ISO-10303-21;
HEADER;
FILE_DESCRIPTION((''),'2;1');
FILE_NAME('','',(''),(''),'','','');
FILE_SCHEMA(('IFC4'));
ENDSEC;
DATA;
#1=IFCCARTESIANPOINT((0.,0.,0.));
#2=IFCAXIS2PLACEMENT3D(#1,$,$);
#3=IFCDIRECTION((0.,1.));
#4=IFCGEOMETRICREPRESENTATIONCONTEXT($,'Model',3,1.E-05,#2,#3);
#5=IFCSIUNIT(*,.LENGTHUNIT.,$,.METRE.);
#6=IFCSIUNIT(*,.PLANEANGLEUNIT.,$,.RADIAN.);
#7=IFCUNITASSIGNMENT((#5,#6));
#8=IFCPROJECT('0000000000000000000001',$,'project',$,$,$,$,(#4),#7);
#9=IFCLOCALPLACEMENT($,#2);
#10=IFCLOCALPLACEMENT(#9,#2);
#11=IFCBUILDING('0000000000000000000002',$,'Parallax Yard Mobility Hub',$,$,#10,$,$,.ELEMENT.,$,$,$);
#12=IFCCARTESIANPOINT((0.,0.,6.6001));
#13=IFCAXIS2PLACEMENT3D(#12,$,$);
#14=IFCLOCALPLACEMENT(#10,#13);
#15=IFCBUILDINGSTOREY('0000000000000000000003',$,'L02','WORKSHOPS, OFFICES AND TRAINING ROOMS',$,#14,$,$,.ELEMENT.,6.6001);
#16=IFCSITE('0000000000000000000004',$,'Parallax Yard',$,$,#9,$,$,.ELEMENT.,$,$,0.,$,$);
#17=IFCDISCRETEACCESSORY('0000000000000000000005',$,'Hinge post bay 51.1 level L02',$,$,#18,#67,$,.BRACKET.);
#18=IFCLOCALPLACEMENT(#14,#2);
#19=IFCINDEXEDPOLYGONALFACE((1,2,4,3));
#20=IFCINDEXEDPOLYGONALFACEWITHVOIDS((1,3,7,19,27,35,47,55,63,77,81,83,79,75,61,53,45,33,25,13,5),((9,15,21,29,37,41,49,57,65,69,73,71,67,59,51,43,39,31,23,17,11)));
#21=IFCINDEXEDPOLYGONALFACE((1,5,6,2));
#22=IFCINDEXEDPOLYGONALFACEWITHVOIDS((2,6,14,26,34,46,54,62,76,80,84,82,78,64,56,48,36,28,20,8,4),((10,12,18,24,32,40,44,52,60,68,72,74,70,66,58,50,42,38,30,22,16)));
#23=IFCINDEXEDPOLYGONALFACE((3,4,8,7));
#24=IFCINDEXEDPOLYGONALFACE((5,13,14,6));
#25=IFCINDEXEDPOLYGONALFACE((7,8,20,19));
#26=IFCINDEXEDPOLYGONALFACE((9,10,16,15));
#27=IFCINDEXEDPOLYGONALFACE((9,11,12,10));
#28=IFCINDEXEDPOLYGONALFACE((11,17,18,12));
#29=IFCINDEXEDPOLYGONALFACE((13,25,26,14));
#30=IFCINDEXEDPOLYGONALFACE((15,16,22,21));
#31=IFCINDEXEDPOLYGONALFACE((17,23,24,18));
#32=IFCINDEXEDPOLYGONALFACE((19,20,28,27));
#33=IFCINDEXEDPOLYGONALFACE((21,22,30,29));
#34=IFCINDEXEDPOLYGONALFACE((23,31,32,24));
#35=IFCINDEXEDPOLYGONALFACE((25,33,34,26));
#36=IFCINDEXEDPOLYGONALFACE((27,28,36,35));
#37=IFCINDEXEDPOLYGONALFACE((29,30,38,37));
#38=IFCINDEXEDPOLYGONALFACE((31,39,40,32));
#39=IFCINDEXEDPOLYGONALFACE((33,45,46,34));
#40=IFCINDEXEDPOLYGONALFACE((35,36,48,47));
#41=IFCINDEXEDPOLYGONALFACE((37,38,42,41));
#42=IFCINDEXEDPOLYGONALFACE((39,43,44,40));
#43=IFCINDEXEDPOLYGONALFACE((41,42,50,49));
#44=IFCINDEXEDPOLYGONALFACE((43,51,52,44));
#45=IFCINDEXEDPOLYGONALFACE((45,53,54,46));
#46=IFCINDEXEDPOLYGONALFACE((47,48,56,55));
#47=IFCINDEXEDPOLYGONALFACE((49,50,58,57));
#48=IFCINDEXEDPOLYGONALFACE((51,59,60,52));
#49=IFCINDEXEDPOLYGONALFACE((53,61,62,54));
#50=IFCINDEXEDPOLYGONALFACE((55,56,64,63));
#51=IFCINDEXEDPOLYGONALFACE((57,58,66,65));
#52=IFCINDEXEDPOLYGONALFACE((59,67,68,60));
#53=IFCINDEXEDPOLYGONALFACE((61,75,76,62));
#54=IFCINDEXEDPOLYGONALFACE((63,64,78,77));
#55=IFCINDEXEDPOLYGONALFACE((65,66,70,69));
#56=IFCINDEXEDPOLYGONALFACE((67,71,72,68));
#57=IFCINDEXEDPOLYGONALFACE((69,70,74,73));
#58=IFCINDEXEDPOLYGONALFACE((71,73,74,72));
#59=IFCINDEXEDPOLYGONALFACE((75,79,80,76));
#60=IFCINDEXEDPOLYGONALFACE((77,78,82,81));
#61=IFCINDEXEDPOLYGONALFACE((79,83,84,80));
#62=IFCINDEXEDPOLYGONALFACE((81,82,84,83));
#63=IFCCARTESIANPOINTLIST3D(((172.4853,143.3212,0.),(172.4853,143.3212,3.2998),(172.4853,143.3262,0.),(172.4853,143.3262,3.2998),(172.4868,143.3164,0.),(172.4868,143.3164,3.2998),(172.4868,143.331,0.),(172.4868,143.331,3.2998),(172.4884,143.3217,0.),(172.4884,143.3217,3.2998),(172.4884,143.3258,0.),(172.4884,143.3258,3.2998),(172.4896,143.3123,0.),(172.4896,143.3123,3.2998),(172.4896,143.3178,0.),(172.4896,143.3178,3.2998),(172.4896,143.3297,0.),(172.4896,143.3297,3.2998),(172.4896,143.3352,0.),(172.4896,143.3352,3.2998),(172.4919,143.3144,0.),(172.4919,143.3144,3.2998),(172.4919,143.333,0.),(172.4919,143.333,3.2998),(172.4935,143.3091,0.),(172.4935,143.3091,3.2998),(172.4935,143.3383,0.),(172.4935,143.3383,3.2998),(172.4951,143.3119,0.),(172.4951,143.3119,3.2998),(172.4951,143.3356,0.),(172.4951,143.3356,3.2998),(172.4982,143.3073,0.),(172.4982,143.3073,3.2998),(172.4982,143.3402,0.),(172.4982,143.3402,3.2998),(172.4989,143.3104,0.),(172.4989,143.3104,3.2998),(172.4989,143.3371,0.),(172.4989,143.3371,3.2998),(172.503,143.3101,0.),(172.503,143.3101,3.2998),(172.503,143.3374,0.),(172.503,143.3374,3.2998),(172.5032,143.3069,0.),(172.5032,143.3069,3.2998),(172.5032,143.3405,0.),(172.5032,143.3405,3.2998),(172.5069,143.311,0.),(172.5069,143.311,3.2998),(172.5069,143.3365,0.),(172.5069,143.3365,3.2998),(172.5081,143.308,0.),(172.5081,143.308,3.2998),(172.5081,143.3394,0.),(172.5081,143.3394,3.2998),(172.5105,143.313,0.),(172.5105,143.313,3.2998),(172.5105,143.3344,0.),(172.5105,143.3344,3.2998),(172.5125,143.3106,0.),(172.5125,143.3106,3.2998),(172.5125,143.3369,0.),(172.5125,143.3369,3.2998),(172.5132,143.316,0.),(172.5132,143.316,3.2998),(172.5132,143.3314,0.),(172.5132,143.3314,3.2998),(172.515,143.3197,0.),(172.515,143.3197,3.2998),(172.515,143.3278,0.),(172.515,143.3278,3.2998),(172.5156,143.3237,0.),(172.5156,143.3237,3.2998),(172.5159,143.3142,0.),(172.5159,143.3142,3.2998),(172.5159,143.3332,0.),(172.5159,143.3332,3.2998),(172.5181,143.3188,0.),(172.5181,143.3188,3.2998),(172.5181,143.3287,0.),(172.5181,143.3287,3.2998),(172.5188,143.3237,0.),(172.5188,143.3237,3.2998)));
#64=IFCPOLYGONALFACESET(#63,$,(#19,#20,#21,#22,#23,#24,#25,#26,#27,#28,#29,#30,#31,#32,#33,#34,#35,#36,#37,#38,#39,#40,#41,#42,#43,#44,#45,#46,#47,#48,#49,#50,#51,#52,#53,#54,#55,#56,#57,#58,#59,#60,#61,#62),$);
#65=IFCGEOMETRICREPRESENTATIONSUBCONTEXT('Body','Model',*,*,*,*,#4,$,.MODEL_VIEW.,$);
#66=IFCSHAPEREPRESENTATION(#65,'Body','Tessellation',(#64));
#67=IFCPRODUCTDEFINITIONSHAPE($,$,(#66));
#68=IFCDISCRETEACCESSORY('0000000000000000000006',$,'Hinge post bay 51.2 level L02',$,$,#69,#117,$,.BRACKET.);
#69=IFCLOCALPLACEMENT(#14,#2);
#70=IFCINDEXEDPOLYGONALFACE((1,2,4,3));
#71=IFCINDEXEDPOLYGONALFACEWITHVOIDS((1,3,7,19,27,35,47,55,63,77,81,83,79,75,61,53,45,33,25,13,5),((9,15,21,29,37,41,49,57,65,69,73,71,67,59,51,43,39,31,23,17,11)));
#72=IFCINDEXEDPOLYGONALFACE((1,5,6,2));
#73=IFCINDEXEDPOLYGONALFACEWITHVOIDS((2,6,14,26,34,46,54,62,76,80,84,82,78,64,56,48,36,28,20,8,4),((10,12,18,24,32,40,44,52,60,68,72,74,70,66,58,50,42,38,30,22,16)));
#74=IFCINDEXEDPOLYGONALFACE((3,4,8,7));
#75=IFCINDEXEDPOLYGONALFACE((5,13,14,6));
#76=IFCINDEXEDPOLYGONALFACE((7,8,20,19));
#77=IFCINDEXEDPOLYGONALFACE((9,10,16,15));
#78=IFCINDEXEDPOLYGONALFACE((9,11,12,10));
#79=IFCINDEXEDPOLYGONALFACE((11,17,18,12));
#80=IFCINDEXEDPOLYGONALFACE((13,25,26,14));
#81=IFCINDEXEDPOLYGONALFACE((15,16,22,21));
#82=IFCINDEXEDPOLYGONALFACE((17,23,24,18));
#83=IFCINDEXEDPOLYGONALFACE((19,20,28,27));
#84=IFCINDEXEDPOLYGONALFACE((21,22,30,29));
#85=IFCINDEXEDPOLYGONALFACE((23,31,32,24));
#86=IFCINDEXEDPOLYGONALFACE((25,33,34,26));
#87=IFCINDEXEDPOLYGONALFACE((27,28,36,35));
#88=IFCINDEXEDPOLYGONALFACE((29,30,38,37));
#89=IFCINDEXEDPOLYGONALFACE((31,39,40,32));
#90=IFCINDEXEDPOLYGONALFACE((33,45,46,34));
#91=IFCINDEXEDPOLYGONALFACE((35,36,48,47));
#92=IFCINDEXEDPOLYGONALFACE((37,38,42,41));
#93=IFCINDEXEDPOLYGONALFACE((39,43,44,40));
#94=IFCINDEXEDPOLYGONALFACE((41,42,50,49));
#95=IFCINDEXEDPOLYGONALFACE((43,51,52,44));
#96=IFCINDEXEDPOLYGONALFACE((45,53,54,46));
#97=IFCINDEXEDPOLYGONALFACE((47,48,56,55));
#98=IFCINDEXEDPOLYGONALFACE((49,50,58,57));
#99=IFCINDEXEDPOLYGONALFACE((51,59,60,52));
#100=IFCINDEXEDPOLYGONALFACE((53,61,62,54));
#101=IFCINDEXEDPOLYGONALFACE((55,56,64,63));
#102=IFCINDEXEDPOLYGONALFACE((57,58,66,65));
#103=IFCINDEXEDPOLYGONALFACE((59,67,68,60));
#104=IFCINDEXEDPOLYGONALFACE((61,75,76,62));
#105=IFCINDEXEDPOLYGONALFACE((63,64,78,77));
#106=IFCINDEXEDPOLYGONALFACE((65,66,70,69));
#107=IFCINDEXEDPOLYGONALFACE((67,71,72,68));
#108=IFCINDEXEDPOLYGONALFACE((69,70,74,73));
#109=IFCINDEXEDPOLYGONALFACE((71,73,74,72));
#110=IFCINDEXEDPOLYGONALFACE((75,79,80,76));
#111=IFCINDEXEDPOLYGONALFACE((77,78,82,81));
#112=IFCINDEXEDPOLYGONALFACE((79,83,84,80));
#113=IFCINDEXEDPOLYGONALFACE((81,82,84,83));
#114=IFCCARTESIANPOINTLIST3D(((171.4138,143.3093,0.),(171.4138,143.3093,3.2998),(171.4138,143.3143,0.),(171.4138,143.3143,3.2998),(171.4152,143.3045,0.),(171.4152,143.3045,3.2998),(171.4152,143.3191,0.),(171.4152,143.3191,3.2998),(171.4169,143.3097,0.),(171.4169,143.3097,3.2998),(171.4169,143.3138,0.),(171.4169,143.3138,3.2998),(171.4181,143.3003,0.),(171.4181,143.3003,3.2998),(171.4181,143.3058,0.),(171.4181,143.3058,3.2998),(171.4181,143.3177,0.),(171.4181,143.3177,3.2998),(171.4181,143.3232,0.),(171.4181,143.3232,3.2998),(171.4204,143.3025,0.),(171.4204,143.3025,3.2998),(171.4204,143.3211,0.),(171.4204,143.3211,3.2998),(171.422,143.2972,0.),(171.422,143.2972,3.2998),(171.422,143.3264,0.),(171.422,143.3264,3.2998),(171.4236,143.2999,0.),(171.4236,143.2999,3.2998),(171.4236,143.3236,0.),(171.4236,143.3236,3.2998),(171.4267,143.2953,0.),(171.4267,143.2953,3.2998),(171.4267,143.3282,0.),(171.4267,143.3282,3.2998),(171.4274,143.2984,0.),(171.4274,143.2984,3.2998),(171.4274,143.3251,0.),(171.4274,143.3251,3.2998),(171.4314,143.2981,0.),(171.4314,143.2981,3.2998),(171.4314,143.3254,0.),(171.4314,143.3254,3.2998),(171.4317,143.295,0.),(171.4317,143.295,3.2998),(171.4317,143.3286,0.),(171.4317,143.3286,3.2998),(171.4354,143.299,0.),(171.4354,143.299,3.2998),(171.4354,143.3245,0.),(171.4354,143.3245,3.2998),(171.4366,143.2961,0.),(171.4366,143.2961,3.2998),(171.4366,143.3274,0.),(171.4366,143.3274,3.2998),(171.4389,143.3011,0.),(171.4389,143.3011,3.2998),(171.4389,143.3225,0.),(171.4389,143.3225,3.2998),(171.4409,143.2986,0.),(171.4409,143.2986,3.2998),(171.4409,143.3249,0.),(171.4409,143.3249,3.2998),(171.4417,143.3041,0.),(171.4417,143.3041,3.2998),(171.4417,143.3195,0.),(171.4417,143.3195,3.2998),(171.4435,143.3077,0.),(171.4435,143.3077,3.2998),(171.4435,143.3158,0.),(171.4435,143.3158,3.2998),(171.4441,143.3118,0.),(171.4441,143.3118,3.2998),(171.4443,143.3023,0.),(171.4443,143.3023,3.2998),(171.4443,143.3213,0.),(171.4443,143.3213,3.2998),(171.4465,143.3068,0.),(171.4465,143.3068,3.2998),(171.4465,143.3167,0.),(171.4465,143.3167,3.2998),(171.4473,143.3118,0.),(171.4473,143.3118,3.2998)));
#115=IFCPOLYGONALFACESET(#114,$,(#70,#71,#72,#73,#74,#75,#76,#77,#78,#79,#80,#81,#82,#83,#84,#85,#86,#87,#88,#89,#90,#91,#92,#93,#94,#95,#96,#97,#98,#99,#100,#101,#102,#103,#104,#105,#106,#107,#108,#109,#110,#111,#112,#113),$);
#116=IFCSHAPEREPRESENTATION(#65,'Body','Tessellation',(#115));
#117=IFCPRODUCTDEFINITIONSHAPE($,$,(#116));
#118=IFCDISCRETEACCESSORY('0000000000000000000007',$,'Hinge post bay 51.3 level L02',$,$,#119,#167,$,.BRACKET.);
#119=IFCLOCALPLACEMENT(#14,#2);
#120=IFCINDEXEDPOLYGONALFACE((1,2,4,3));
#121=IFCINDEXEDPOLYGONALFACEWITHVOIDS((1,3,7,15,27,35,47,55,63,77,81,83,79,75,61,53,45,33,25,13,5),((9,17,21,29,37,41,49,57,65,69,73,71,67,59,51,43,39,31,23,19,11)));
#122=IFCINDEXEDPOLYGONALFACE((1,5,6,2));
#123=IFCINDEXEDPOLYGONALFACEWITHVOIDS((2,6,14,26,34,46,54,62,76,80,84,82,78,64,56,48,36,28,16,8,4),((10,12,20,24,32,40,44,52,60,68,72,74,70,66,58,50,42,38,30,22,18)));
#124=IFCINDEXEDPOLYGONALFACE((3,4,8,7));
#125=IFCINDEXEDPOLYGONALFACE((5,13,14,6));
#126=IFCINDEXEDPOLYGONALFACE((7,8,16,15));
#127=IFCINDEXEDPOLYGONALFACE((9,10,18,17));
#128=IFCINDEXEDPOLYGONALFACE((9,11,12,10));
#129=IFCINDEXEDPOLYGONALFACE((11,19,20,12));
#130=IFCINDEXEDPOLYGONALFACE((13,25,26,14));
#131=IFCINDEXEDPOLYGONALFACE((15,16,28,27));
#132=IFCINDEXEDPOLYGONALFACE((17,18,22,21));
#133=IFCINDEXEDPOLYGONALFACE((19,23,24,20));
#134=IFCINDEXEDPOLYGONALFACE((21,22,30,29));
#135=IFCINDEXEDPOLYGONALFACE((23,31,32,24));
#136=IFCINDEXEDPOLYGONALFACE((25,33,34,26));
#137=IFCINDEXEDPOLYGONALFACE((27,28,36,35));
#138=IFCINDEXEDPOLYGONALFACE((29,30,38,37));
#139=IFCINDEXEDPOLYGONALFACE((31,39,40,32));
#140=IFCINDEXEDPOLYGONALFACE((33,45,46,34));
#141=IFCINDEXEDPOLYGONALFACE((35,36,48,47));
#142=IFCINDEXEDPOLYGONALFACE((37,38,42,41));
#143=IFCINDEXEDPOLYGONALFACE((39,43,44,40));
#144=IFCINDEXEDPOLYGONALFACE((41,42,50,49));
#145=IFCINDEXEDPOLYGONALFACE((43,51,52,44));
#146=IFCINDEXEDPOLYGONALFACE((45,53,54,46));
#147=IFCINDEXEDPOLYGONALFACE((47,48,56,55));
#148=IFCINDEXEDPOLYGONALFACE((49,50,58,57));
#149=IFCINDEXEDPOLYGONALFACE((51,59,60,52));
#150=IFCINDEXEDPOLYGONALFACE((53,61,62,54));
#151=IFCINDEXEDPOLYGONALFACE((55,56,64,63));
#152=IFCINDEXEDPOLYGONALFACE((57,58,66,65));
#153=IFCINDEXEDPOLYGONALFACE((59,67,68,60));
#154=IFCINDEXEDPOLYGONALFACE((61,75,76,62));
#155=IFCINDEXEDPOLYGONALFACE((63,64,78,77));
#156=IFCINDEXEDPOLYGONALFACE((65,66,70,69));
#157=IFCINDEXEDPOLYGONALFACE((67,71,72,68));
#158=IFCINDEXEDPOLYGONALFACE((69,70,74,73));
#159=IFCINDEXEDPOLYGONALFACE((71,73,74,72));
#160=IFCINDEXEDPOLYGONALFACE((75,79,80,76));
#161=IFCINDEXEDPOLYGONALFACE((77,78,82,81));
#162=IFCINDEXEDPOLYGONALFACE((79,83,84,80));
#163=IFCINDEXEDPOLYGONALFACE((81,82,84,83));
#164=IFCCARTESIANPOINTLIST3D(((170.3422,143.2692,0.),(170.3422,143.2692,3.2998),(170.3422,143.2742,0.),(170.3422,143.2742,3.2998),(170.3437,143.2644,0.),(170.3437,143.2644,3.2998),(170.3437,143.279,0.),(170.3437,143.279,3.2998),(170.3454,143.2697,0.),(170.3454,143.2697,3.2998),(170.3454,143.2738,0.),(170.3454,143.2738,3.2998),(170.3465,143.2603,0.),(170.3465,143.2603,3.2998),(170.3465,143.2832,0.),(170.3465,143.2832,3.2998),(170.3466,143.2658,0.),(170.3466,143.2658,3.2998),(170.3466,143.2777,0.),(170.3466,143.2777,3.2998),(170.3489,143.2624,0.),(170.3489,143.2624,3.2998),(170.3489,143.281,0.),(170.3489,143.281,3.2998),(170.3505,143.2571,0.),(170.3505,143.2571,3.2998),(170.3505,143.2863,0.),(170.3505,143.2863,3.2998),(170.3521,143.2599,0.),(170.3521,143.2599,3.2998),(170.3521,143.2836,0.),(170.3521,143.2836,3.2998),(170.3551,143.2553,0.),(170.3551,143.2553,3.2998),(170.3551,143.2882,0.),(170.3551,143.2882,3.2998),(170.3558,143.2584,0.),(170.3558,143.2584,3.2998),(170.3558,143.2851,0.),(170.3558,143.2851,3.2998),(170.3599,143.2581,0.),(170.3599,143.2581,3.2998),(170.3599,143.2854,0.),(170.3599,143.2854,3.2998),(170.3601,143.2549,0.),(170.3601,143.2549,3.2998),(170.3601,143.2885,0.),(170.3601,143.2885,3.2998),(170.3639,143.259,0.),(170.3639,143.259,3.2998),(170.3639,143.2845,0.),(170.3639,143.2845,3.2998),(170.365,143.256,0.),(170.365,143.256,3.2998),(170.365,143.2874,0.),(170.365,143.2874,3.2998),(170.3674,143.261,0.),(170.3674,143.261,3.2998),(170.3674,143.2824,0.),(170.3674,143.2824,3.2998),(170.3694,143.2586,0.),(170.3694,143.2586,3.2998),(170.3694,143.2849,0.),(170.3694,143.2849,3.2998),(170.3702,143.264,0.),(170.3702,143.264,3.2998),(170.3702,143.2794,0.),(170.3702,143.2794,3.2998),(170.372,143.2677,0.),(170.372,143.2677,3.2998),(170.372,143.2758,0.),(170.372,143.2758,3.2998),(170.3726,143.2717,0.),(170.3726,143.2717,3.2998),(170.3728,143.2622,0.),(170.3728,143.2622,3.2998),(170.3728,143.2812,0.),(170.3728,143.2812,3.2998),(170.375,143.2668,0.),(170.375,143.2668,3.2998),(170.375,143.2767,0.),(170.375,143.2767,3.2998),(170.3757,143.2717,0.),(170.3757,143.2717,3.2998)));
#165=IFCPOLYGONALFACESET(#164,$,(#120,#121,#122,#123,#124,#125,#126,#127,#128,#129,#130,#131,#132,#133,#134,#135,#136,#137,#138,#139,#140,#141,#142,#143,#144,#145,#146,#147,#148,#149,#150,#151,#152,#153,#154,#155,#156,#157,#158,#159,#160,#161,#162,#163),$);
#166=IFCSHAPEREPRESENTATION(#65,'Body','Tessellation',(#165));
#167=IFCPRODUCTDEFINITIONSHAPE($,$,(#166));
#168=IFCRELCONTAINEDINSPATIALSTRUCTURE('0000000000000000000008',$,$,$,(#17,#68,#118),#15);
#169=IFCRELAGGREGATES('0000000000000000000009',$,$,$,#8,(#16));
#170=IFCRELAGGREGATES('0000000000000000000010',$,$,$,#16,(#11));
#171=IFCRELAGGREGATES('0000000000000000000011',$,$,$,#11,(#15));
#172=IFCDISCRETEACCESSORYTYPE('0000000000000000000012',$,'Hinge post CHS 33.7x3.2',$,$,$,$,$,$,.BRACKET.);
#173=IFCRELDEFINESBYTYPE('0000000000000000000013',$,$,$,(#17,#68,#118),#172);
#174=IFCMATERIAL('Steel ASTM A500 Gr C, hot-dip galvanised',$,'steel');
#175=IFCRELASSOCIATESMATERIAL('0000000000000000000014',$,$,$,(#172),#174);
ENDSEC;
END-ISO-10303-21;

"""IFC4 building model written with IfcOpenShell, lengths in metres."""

from ifc_helpers import new_model, si_unit, direction, frame, origin, origin_2d, place, context, subcontext, project, spatial, hollow_circle, extrude, material, material_profile, profile_set, type_object, element, save


model = new_model("IFC4")

# Units and contexts
model_context = context("Model", 3, precision=1e-05, world=origin(), true_north=direction((0.0, 1.0)))
body_context = subcontext(model_context, "Body", "Model", "MODEL_VIEW")
ifc_project = project(units=[si_unit("LENGTHUNIT", "METRE"), si_unit("PLANEANGLEUNIT", "RADIAN")], contexts=[model_context])

# Site, building, storey
site_placement = place(None, origin())
site = spatial("IfcSite", under=ifc_project, at=site_placement, Name="Parallax Yard", CompositionType="ELEMENT", RefElevation=0.0)
building_placement = place(site_placement, origin())
building = spatial("IfcBuilding", under=site, at=building_placement, Name="Parallax Yard Mobility Hub", CompositionType="ELEMENT")
storey_placement = place(building_placement, frame((0.0, 0.0, 6.6001)))
storey = spatial("IfcBuildingStorey", under=building, at=storey_placement, Name="L02", Description="WORKSHOPS, OFFICES AND TRAINING ROOMS", CompositionType="ELEMENT", Elevation=6.6001)

# Discrete accessories
ifc_material_1 = material(Name="Steel ASTM A500 Gr C, hot-dip galvanised", Category="steel")
ifc_material_profile = material_profile(ifc_material_1, hollow_circle(Radius=0.0168, WallThickness=0.0032, at=origin_2d()), Name="CHS 33.7x3.2")
ifc_profile_set = profile_set([ifc_material_profile], Name="Steel ASTM A500 Gr C, hot-dip galvanised")
discrete_accessory_type_1 = type_object("IfcDiscreteAccessoryType", Name="Hinge post CHS 33.7x3.2", PredefinedType="BRACKET", material=ifc_profile_set)
for number, where, z_axis, x_axis, name in (
    (1, (172.502, 143.3237, 0.0), (0.0, 0.0, 1.0), (1.0, 0.0, 0.0), "Hinge post bay 51.1 level L02"),
    (2, (171.4304, 143.3118, 0.0), (0.0, 0.0, 1.0), (1.0, 0.0, 0.0), "Hinge post bay 51.2 level L02"),
    (3, (170.3589, 143.2717, 0.0), (0.0, 0.0, 1.0), (1.0, 0.0, 0.0), "Hinge post bay 51.3 level L02"),
):
    element("IfcDiscreteAccessory", number, at=place(storey_placement, frame(where, z_axis=z_axis, x_axis=x_axis)), inside=storey, type_object=discrete_accessory_type_1, Name=name, PredefinedType="BRACKET", context=body_context, shape_type="SweptSolid", body=[
        extrude(hollow_circle(Radius=0.0168, WallThickness=0.0032, at=origin_2d()), origin(), (0.0, 0.0, 1.0), 3.2998),
    ])

save(model, "model.ifc")
